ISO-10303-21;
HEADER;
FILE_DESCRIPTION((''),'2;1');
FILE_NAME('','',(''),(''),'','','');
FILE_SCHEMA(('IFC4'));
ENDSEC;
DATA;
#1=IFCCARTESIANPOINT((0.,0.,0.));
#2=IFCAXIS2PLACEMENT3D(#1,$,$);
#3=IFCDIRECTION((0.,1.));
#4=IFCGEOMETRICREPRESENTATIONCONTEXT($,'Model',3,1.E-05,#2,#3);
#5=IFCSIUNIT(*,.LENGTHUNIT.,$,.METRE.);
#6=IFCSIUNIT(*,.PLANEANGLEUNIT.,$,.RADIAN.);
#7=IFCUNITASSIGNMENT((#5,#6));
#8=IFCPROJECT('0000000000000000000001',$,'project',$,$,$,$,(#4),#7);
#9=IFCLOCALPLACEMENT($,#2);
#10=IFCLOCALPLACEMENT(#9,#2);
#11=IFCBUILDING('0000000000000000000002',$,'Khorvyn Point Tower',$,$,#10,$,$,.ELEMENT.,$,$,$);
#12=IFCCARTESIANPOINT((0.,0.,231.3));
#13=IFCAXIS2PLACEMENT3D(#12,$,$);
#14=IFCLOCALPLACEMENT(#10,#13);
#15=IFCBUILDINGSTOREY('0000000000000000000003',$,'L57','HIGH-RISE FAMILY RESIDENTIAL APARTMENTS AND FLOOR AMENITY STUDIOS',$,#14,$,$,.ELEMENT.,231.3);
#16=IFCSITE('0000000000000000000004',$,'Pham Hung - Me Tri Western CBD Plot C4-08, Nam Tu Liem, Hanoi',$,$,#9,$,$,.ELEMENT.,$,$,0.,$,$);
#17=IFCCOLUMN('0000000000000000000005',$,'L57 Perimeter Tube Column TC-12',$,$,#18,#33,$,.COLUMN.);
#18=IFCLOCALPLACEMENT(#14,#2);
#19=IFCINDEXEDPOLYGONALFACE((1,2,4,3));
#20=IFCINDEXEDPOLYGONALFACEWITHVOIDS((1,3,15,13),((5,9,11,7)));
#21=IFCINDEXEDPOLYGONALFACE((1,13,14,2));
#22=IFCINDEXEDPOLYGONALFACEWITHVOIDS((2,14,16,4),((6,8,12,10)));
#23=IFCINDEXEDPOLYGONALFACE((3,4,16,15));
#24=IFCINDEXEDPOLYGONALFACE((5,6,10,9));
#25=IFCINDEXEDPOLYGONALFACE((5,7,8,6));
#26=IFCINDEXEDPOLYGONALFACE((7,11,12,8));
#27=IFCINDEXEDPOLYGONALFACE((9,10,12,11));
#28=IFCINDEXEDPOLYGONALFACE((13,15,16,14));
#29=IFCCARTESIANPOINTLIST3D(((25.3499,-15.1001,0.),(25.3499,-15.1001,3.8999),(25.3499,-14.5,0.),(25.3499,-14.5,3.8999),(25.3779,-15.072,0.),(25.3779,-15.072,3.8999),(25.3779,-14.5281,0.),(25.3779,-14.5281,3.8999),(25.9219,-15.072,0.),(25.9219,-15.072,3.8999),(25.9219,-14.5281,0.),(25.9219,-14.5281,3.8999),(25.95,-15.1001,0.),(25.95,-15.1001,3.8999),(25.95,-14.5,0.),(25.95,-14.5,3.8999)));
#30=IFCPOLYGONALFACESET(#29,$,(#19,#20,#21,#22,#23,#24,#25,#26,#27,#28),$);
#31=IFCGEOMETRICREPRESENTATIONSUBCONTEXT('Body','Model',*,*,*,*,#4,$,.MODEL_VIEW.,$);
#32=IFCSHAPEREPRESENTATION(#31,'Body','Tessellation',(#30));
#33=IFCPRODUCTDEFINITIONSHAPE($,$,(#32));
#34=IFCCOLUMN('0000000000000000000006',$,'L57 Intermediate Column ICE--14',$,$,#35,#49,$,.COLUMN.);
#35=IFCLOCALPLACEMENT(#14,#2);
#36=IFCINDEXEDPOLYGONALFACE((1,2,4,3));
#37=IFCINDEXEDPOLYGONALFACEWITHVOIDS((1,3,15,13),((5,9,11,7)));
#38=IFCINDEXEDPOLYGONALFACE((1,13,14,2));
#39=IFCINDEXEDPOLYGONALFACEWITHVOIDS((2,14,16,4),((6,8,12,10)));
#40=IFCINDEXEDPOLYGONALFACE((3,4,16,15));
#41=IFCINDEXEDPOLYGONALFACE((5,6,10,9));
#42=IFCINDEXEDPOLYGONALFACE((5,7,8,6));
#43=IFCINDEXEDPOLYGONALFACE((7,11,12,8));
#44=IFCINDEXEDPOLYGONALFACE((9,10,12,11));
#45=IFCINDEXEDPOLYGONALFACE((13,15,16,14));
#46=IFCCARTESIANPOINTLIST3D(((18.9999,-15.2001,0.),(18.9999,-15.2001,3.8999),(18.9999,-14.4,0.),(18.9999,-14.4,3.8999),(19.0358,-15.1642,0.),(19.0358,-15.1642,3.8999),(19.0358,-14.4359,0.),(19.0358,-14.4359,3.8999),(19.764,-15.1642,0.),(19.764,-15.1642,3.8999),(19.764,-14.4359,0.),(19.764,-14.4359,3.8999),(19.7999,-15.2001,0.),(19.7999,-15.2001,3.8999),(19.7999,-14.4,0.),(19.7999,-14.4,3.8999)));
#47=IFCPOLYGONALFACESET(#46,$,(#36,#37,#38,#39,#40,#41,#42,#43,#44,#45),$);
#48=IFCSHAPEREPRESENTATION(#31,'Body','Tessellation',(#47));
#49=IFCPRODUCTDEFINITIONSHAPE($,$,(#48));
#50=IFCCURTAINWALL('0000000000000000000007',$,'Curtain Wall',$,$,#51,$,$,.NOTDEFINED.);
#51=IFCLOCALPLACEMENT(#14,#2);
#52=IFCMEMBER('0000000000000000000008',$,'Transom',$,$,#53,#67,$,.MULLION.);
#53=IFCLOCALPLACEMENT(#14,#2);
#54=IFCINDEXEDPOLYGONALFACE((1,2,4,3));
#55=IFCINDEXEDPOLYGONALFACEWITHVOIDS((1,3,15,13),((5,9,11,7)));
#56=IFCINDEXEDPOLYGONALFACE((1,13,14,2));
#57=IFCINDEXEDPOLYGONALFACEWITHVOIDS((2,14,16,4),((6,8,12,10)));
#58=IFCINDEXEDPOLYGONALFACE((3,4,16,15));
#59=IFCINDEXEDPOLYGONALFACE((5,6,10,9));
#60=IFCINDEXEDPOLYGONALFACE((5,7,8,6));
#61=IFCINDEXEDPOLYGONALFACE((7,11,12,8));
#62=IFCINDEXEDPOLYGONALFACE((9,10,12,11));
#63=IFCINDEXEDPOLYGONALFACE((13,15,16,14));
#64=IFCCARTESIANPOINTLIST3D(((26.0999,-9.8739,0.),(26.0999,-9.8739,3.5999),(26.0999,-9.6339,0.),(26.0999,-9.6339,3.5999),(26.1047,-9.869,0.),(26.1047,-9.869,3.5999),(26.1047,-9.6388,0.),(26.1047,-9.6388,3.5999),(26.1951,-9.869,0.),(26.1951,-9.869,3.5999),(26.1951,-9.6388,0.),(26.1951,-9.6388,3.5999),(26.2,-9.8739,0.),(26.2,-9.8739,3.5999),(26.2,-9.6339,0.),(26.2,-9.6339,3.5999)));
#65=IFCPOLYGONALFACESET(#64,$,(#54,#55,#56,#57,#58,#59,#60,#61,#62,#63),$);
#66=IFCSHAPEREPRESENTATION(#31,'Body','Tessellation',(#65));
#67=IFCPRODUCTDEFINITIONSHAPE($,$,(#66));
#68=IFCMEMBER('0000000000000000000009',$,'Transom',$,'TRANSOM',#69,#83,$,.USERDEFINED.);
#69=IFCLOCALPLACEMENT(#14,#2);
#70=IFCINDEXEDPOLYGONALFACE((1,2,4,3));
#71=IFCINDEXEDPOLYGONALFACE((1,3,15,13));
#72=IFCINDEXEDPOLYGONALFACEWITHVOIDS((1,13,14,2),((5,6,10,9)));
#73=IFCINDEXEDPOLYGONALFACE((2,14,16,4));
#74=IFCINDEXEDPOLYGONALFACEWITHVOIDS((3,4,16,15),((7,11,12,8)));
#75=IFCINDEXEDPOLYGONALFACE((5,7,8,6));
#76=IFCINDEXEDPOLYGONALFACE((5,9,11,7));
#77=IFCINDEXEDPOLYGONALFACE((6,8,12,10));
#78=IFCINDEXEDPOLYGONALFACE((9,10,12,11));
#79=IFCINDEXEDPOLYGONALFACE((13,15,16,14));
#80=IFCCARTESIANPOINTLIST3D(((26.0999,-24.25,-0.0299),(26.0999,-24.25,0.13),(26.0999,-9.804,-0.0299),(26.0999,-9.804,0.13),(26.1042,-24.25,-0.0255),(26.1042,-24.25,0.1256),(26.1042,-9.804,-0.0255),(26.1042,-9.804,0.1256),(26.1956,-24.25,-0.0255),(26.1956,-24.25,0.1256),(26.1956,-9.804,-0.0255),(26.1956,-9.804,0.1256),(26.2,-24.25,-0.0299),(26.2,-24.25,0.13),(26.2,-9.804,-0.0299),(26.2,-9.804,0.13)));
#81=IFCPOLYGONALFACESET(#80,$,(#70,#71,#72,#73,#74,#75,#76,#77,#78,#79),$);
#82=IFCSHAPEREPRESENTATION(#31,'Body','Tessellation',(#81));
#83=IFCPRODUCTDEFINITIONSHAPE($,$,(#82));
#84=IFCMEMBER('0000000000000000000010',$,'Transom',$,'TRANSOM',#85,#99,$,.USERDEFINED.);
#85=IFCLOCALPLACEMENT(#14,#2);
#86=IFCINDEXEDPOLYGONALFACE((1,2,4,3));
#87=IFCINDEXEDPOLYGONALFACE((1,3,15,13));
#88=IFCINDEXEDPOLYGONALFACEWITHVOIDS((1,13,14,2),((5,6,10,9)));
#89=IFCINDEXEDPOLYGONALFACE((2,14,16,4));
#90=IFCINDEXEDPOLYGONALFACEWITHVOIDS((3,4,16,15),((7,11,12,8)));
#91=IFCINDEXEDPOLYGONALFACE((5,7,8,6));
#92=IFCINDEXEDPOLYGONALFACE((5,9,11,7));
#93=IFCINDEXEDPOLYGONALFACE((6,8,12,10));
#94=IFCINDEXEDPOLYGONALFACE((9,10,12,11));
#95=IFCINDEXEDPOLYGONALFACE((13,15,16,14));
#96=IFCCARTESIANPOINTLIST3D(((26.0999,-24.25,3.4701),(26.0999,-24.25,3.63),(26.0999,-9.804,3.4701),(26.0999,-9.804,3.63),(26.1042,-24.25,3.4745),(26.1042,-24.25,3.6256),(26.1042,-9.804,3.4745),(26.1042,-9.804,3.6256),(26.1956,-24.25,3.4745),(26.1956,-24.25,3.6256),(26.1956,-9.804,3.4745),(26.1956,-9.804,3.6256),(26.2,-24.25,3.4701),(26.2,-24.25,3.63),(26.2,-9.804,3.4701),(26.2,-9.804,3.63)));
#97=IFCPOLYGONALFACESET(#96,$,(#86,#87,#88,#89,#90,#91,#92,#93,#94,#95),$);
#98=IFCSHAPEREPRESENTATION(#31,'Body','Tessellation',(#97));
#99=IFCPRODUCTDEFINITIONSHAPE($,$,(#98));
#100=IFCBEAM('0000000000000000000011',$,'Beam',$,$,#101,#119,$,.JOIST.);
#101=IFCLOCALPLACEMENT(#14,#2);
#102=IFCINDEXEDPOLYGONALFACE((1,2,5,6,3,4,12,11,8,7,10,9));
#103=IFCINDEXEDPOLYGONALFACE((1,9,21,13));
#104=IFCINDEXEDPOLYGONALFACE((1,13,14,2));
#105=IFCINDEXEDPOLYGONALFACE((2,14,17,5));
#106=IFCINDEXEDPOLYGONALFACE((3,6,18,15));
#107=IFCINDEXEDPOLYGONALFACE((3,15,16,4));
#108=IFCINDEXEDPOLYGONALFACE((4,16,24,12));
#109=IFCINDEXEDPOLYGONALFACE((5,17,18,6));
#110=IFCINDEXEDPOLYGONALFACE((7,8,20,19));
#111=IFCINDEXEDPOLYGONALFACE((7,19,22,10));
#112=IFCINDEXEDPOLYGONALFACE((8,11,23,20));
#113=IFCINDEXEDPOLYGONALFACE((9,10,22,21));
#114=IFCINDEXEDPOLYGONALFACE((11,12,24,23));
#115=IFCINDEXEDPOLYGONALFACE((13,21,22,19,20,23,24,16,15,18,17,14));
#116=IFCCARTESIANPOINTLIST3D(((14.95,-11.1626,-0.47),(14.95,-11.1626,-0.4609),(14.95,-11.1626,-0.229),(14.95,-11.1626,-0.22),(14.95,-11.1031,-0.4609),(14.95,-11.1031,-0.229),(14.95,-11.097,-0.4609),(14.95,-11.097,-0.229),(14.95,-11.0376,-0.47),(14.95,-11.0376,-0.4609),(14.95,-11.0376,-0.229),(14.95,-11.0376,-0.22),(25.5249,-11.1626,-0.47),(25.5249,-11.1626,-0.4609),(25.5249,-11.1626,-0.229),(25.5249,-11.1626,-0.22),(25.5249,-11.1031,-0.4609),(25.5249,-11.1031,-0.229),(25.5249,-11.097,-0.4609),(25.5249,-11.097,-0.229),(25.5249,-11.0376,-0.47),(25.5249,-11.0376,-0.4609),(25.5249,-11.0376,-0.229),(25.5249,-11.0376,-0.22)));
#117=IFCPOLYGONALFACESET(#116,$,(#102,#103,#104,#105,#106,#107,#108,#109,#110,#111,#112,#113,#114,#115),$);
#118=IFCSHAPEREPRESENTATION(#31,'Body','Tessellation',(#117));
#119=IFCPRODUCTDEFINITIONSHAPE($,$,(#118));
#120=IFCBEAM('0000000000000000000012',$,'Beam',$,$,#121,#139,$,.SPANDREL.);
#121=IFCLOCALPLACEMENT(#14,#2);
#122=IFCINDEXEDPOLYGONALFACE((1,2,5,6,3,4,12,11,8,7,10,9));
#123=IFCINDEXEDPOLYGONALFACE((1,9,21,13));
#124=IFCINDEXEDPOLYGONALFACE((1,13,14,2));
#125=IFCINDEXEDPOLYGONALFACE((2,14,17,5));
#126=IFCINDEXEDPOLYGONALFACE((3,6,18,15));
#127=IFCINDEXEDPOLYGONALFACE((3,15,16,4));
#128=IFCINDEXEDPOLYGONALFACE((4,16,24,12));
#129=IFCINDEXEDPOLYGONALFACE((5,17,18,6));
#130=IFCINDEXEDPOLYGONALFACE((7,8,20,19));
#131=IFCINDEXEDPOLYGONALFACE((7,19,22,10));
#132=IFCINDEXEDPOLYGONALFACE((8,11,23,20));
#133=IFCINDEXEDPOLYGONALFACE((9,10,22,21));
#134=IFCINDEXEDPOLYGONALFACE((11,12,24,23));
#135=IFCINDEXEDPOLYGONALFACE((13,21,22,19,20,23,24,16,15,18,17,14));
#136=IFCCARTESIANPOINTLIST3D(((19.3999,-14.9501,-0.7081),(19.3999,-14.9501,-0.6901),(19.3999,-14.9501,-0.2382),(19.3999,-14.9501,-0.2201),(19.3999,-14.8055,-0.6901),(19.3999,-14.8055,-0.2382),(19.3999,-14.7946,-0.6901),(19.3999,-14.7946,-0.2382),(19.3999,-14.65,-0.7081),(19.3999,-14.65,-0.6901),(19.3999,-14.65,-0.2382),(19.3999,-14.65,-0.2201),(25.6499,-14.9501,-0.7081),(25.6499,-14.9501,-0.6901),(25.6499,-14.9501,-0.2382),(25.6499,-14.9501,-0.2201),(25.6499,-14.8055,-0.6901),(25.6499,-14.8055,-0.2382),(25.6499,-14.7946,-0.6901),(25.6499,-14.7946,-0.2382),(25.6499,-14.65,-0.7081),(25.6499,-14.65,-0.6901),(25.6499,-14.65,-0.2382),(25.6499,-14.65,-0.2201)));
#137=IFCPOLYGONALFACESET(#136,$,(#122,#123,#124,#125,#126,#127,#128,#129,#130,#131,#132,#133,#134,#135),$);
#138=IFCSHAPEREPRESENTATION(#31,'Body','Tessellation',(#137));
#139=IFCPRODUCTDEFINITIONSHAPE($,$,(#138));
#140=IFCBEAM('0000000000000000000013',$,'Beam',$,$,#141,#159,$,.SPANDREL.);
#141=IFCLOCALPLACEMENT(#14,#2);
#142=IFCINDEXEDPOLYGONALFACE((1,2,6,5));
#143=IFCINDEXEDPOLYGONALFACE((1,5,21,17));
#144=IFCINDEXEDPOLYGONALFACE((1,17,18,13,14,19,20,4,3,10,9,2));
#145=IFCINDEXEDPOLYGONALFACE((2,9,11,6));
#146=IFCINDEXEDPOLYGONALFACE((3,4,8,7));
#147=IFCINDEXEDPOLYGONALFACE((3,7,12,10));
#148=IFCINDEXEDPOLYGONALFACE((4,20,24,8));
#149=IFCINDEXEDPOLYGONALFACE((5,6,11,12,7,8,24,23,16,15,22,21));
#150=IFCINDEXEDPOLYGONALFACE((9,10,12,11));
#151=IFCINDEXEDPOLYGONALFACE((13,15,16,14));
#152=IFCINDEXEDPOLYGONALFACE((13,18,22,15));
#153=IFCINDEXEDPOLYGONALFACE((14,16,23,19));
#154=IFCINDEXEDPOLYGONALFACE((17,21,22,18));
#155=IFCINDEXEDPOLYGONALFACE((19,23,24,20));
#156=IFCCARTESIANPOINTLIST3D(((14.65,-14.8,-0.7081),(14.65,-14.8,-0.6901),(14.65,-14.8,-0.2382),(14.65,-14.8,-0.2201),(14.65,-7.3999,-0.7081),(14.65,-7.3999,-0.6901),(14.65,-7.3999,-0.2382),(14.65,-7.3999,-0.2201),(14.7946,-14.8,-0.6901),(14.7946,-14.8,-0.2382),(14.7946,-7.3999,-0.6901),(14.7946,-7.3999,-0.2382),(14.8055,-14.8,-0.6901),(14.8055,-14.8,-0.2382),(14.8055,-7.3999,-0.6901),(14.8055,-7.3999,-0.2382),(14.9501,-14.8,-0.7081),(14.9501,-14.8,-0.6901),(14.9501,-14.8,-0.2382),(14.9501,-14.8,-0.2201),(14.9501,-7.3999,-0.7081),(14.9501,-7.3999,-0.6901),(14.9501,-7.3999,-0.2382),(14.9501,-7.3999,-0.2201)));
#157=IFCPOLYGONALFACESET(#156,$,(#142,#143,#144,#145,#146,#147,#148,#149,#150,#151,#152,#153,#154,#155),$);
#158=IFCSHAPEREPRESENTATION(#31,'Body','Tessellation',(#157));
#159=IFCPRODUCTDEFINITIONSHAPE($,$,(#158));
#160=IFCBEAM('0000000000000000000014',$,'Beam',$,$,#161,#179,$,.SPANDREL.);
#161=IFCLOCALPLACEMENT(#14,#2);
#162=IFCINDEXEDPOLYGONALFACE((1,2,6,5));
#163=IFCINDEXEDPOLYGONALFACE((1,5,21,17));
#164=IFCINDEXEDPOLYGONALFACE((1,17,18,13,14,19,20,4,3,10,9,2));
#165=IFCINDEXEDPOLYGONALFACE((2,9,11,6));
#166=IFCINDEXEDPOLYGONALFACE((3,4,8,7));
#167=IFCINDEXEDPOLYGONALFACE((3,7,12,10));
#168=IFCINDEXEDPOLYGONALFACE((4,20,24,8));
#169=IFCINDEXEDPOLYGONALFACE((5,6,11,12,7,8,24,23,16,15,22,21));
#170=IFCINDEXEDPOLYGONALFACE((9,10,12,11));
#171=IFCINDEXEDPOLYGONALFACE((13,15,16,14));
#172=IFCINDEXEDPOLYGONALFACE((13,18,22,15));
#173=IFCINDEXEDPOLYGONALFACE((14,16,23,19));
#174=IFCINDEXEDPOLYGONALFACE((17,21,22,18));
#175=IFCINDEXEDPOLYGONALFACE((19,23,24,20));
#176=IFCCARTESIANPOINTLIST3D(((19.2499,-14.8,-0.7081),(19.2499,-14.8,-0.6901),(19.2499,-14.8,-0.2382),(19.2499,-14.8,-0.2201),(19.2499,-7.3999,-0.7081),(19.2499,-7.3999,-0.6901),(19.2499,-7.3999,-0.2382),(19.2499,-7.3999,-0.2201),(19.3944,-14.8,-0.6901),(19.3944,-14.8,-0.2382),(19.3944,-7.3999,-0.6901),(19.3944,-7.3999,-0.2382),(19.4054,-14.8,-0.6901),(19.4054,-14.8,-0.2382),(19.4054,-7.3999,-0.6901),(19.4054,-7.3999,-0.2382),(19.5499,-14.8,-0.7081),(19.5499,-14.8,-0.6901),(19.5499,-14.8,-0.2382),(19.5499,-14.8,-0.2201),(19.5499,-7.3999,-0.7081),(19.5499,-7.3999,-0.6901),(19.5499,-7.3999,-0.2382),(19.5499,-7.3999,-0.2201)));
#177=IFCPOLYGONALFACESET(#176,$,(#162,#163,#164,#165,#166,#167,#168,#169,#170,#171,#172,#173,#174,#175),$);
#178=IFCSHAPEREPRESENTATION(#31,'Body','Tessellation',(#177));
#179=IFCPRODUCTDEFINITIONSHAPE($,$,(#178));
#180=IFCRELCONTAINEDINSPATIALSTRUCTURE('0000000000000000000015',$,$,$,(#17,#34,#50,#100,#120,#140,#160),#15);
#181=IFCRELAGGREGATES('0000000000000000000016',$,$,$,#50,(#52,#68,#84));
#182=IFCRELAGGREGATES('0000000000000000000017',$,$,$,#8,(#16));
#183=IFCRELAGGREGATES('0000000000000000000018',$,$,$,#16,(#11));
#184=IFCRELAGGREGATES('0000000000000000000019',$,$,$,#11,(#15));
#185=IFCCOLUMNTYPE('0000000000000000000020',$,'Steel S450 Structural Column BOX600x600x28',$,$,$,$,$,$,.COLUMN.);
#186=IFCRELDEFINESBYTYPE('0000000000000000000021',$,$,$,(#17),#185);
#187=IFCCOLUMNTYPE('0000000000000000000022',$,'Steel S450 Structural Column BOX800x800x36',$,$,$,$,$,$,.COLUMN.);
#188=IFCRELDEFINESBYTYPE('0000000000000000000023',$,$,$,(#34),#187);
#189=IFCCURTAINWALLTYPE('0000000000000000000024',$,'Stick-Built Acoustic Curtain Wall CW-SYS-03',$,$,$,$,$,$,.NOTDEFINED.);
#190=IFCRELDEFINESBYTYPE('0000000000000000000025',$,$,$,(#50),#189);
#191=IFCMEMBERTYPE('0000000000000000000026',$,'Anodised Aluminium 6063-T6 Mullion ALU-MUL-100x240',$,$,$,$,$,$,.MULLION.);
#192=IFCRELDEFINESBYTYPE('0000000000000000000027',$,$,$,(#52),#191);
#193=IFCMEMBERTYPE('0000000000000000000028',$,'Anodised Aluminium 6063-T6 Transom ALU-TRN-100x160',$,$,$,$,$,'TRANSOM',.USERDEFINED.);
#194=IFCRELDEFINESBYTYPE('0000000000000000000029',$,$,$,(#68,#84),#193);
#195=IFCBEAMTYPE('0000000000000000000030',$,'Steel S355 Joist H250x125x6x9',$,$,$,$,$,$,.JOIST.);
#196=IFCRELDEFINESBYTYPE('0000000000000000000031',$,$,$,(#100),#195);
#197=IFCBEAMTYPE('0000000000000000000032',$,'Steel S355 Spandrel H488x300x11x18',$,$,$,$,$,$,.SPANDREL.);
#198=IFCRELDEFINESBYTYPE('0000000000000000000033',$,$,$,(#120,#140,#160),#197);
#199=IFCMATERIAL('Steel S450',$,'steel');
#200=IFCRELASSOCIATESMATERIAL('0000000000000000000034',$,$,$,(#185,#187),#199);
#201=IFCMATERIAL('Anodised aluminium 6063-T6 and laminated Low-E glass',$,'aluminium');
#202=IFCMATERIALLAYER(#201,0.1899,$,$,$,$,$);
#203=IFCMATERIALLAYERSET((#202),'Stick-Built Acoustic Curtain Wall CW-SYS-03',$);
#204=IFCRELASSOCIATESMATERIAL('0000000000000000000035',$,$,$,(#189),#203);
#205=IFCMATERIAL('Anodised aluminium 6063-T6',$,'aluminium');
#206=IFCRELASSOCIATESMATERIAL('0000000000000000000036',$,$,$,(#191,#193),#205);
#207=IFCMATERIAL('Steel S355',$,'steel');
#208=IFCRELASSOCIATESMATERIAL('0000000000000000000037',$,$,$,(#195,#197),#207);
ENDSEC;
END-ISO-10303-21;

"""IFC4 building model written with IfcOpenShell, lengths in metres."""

from ifc_helpers import new_model, si_unit, direction, frame, origin, origin_2d, place, context, subcontext, project, spatial, hollow_rectangle, i_section, extrude, material, layer, layer_set, material_profile, profile_set, type_object, element, aggregate, save


model = new_model("IFC4")

# Units and contexts
model_context = context("Model", 3, precision=1e-05, world=origin(), true_north=direction((0.0, 1.0)))
body_context = subcontext(model_context, "Body", "Model", "MODEL_VIEW")
ifc_project = project(units=[si_unit("LENGTHUNIT", "METRE"), si_unit("PLANEANGLEUNIT", "RADIAN")], contexts=[model_context])

# Site, building, storey
site_placement = place(None, origin())
site = spatial("IfcSite", under=ifc_project, at=site_placement, Name="Pham Hung - Me Tri Western CBD Plot C4-08, Nam Tu Liem, Hanoi", CompositionType="ELEMENT", RefElevation=0.0)
building_placement = place(site_placement, origin())
building = spatial("IfcBuilding", under=site, at=building_placement, Name="Khorvyn Point Tower", CompositionType="ELEMENT")
storey_placement = place(building_placement, frame((0.0, 0.0, 231.3)))
storey = spatial("IfcBuildingStorey", under=building, at=storey_placement, Name="L57", Description="HIGH-RISE FAMILY RESIDENTIAL APARTMENTS AND FLOOR AMENITY STUDIOS", CompositionType="ELEMENT", Elevation=231.3)

# Columns
ifc_material_1 = material(Name="Steel S450", Category="steel")
ifc_material_profile_1 = material_profile(ifc_material_1, hollow_rectangle(XDim=0.6001, YDim=0.6001, WallThickness=0.0281, at=origin_2d()))
ifc_profile_set_1 = profile_set([ifc_material_profile_1], Name="Steel S450 BOX600x600x28")
column_type_1 = type_object("IfcColumnType", Name="Steel S450 Structural Column BOX600x600x28", PredefinedType="COLUMN", material=ifc_profile_set_1)
column_1_placement = place(storey_placement, frame((25.6499, -14.8, 0.0), z_axis=(0.0, 0.0, 1.0), x_axis=(1.0, 0.0, 0.0)))
element("IfcColumn", 1, at=column_1_placement, inside=storey, type_object=column_type_1, Name="L57 Perimeter Tube Column TC-12", PredefinedType="COLUMN", context=body_context, shape_type="SweptSolid", body=[
    extrude(hollow_rectangle(XDim=0.6001, YDim=0.6001, WallThickness=0.0281, at=origin_2d()), origin(), (0.0, 0.0, 1.0), 3.8999),
])
ifc_material_profile_2 = material_profile(ifc_material_1, hollow_rectangle(XDim=0.8, YDim=0.8, WallThickness=0.0359, at=origin_2d()))
ifc_profile_set_2 = profile_set([ifc_material_profile_2], Name="Steel S450 BOX800x800x36")
column_type_2 = type_object("IfcColumnType", Name="Steel S450 Structural Column BOX800x800x36", PredefinedType="COLUMN", material=ifc_profile_set_2)
column_2_placement = place(storey_placement, frame((19.3999, -14.8, 0.0), z_axis=(0.0, 0.0, 1.0), x_axis=(1.0, 0.0, 0.0)))
element("IfcColumn", 2, at=column_2_placement, inside=storey, type_object=column_type_2, Name="L57 Intermediate Column ICE--14", PredefinedType="COLUMN", context=body_context, shape_type="SweptSolid", body=[
    extrude(hollow_rectangle(XDim=0.8, YDim=0.8, WallThickness=0.0359, at=origin_2d()), origin(), (0.0, 0.0, 1.0), 3.8999),
])

# Curtain wall, members
ifc_material_2 = material(Name="Anodised aluminium 6063-T6 and laminated Low-E glass", Category="aluminium")
ifc_layer_1 = layer(ifc_material_2, 0.1899)
ifc_layer_set_1 = layer_set([ifc_layer_1], Name="Stick-Built Acoustic Curtain Wall CW-SYS-03")
curtain_wall_type = type_object("IfcCurtainWallType", Name="Stick-Built Acoustic Curtain Wall CW-SYS-03", PredefinedType="NOTDEFINED", material=ifc_layer_set_1)
curtain_wall_placement = place(storey_placement, origin())
curtain_wall = element("IfcCurtainWall", 3, at=curtain_wall_placement, inside=storey, type_object=curtain_wall_type, Name="Curtain Wall", PredefinedType="NOTDEFINED")
ifc_material_3 = material(Name="Anodised aluminium 6063-T6", Category="aluminium")
ifc_material_profile_3 = material_profile(ifc_material_3, hollow_rectangle(XDim=0.1001, YDim=0.24, WallThickness=0.0049, at=origin_2d()))
ifc_profile_set_3 = profile_set([ifc_material_profile_3], Name="Anodised aluminium 6063-T6 ALU-MUL-100x240")
member_type_1 = type_object("IfcMemberType", Name="Anodised Aluminium 6063-T6 Mullion ALU-MUL-100x240", PredefinedType="MULLION", material=ifc_profile_set_3)
member_1_placement = place(storey_placement, frame((26.1499, -9.7539, 0.0), z_axis=(0.0, 0.0, 1.0), x_axis=(1.0, 0.0, 0.0)))
member_1 = element("IfcMember", 4, at=member_1_placement, type_object=member_type_1, Name="Transom", PredefinedType="MULLION", context=body_context, shape_type="SweptSolid", body=[
    extrude(hollow_rectangle(XDim=0.1001, YDim=0.24, WallThickness=0.0049, at=origin_2d()), origin(), (0.0, 0.0, 1.0), 3.5999),
])
ifc_material_profile_4 = material_profile(ifc_material_3, hollow_rectangle(XDim=0.1001, YDim=0.1599, WallThickness=0.0044, at=origin_2d()))
ifc_profile_set_4 = profile_set([ifc_material_profile_4], Name="Anodised aluminium 6063-T6 ALU-TRN-100x160")
member_type_2 = type_object("IfcMemberType", Name="Anodised Aluminium 6063-T6 Transom ALU-TRN-100x160", ElementType="TRANSOM", PredefinedType="USERDEFINED", material=ifc_profile_set_4)
member_2_placement = place(storey_placement, frame((26.1499, -9.804, 0.05), z_axis=(0.0, -1.0, 0.0), x_axis=(1.0, 0.0, 0.0)))
member_2 = element("IfcMember", 5, at=member_2_placement, type_object=member_type_2, Name="Transom", ObjectType="TRANSOM", PredefinedType="USERDEFINED", context=body_context, shape_type="SweptSolid", body=[
    extrude(hollow_rectangle(XDim=0.1001, YDim=0.1599, WallThickness=0.0044, at=origin_2d()), origin(), (0.0, 0.0, 1.0), 14.446),
])
member_3_placement = place(storey_placement, frame((26.1499, -9.804, 3.55), z_axis=(0.0, -1.0, 0.0), x_axis=(1.0, 0.0, 0.0)))
member_3 = element("IfcMember", 6, at=member_3_placement, type_object=member_type_2, Name="Transom", ObjectType="TRANSOM", PredefinedType="USERDEFINED", context=body_context, shape_type="SweptSolid", body=[
    extrude(hollow_rectangle(XDim=0.1001, YDim=0.1599, WallThickness=0.0044, at=origin_2d()), origin(), (0.0, 0.0, 1.0), 14.446),
])

# Beams
ifc_material_4 = material(Name="Steel S355", Category="steel")
ifc_material_profile_5 = material_profile(ifc_material_4, i_section(OverallWidth=0.125, OverallDepth=0.25, WebThickness=0.0061, FlangeThickness=0.009, at=origin_2d()))
ifc_profile_set_5 = profile_set([ifc_material_profile_5], Name="Steel S355 H250x125x6x9")
beam_type_1 = type_object("IfcBeamType", Name="Steel S355 Joist H250x125x6x9", PredefinedType="JOIST", material=ifc_profile_set_5)
beam_1_placement = place(storey_placement, frame((14.95, -11.1001, -0.345), z_axis=(1.0, 0.0, 0.0), x_axis=(0.0, 1.0, 0.0)))
element("IfcBeam", 7, at=beam_1_placement, inside=storey, type_object=beam_type_1, Name="Beam", PredefinedType="JOIST", context=body_context, shape_type="SweptSolid", body=[
    extrude(i_section(OverallWidth=0.125, OverallDepth=0.25, WebThickness=0.0061, FlangeThickness=0.009, at=origin_2d()), origin(), (0.0, 0.0, 1.0), 10.575),
])
ifc_material_profile_6 = material_profile(ifc_material_4, i_section(OverallWidth=0.3, OverallDepth=0.488, WebThickness=0.011, FlangeThickness=0.0181, at=origin_2d()))
ifc_profile_set_6 = profile_set([ifc_material_profile_6], Name="Steel S355 H488x300x11x18")
beam_type_2 = type_object("IfcBeamType", Name="Steel S355 Spandrel H488x300x11x18", PredefinedType="SPANDREL", material=ifc_profile_set_6)
beam_2_placement = place(storey_placement, frame((19.3999, -14.8, -0.4641), z_axis=(1.0, 0.0, 0.0), x_axis=(0.0, 1.0, 0.0)))
element("IfcBeam", 8, at=beam_2_placement, inside=storey, type_object=beam_type_2, Name="Beam", PredefinedType="SPANDREL", context=body_context, shape_type="SweptSolid", body=[
    extrude(i_section(OverallWidth=0.3, OverallDepth=0.488, WebThickness=0.011, FlangeThickness=0.0181, at=origin_2d()), origin(), (0.0, 0.0, 1.0), 6.25),
])
for number, where, z_axis, x_axis, name in (
    (9, (14.8, -14.8, -0.4641), (0.0, 1.0, 0.0), (-1.0, 0.0, 0.0), "Beam"),
    (10, (19.3999, -14.8, -0.4641), (0.0, 1.0, 0.0), (-1.0, 0.0, 0.0), "Beam"),
):
    element("IfcBeam", number, at=place(storey_placement, frame(where, z_axis=z_axis, x_axis=x_axis)), inside=storey, type_object=beam_type_2, Name=name, PredefinedType="SPANDREL", context=body_context, shape_type="SweptSolid", body=[
        extrude(i_section(OverallWidth=0.3, OverallDepth=0.488, WebThickness=0.011, FlangeThickness=0.0181, at=origin_2d()), origin(), (0.0, 0.0, 1.0), 7.4001),
    ])

aggregate(curtain_wall, [member_1, member_2, member_3])

save(model, "model.ifc")
